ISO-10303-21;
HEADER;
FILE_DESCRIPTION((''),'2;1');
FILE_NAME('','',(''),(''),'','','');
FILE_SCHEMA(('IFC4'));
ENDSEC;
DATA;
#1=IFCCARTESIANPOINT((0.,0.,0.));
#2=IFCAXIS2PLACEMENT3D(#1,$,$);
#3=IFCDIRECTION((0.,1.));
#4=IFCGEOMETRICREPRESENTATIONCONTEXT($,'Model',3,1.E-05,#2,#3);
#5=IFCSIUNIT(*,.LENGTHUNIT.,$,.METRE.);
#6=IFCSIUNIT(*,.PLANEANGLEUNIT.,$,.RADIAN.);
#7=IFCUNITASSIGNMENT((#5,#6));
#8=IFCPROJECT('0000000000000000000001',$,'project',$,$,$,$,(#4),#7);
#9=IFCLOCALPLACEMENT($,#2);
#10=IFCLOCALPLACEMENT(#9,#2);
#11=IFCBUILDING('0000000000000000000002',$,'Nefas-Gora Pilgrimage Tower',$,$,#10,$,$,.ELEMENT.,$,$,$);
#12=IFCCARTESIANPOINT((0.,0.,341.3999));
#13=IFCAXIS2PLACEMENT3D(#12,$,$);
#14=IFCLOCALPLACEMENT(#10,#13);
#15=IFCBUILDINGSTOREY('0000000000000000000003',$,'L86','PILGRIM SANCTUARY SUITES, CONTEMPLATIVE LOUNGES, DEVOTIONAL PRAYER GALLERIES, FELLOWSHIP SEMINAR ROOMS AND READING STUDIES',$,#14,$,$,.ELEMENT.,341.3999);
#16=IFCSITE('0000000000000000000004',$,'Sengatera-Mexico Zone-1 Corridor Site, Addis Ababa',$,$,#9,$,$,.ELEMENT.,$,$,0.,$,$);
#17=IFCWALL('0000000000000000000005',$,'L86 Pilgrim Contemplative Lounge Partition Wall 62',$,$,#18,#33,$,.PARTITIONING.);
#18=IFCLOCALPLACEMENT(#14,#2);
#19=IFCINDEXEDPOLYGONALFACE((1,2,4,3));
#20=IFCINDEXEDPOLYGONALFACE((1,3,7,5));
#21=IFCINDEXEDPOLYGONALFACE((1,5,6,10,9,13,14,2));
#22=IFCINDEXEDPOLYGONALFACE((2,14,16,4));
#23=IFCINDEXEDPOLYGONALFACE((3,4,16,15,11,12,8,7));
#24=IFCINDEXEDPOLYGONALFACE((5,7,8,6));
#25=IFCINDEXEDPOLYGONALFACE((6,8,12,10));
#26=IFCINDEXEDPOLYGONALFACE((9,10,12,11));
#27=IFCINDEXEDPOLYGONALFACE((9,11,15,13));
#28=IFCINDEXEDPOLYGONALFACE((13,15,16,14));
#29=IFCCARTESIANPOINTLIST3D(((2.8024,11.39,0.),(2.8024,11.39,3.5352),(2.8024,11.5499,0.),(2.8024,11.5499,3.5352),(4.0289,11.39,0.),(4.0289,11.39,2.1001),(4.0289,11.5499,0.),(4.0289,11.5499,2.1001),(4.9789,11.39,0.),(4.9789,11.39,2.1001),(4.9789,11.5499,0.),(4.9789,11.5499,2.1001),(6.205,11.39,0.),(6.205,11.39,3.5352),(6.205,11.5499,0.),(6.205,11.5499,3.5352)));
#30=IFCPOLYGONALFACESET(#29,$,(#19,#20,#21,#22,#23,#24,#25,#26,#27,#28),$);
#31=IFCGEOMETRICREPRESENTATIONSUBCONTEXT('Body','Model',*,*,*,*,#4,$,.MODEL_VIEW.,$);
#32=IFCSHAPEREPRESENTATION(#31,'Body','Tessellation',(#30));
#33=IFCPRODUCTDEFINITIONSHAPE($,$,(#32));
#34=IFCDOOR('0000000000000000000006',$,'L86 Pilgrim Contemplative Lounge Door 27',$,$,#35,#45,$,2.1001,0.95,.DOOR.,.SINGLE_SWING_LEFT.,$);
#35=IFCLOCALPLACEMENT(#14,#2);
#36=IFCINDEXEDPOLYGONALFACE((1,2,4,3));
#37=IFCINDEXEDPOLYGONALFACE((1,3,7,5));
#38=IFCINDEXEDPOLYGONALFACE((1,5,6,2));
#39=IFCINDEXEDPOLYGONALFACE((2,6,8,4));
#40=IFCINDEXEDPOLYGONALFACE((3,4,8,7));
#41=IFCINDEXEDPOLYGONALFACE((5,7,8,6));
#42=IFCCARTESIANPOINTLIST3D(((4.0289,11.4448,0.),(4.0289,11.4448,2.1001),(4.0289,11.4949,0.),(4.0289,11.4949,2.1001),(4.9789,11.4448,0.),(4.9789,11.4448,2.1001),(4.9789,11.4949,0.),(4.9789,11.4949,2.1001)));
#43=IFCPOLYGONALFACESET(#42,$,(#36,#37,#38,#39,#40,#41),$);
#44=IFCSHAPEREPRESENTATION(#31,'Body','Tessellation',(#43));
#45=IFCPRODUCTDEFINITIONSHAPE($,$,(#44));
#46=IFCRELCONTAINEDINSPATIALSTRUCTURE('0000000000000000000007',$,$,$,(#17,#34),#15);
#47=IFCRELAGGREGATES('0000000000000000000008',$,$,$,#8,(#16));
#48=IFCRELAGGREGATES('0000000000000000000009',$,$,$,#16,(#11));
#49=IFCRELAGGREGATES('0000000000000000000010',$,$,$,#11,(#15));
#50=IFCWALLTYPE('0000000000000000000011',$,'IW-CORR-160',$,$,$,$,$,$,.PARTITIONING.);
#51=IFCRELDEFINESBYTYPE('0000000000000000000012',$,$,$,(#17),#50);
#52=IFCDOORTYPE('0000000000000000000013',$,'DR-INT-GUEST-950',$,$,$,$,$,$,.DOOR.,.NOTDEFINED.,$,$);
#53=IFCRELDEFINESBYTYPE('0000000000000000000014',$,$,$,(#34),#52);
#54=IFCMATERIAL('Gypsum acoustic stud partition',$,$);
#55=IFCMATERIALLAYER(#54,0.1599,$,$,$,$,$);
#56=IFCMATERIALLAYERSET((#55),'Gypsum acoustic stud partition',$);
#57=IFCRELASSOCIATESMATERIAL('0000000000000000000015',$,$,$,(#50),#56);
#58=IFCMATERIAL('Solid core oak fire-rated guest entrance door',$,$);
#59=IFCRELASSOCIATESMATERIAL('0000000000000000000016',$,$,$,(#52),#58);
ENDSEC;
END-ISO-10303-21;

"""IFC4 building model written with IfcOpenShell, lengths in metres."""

from ifc_helpers import new_model, si_unit, direction, frame, frame_2d, origin, place, context, subcontext, project, spatial, rectangle, extrude, source, transform, mapped, material, layer, layer_set, type_object, element, fill, save


model = new_model("IFC4")

# Units and contexts
model_context = context("Model", 3, precision=1e-05, world=origin(), true_north=direction((0.0, 1.0)))
body_context = subcontext(model_context, "Body", "Model", "MODEL_VIEW")
ifc_project = project(units=[si_unit("LENGTHUNIT", "METRE"), si_unit("PLANEANGLEUNIT", "RADIAN")], contexts=[model_context])

# Site, building, storey
site_placement = place(None, origin())
site = spatial("IfcSite", under=ifc_project, at=site_placement, Name="Sengatera-Mexico Zone-1 Corridor Site, Addis Ababa", CompositionType="ELEMENT", RefElevation=0.0)
building_placement = place(site_placement, origin())
building = spatial("IfcBuilding", under=site, at=building_placement, Name="Nefas-Gora Pilgrimage Tower", CompositionType="ELEMENT")
storey_placement = place(building_placement, frame((0.0, 0.0, 341.3999)))
storey = spatial("IfcBuildingStorey", under=building, at=storey_placement, Name="L86", Description="PILGRIM SANCTUARY SUITES, CONTEMPLATIVE LOUNGES, DEVOTIONAL PRAYER GALLERIES, FELLOWSHIP SEMINAR ROOMS AND READING STUDIES", CompositionType="ELEMENT", Elevation=341.3999)

# Shared definitions
ifc_material_1 = material(Name="Gypsum acoustic stud partition")
ifc_layer_1 = layer(ifc_material_1, 0.1599)
ifc_layer_set_1 = layer_set([ifc_layer_1], Name="Gypsum acoustic stud partition")
wall_type_1 = type_object("IfcWallType", Name="IW-CORR-160", PredefinedType="PARTITIONING", material=ifc_layer_set_1)
ifc_material_2 = material(Name="Solid core oak fire-rated guest entrance door")
door_type_1 = type_object("IfcDoorType", Name="DR-INT-GUEST-950", OperationType="NOTDEFINED", PredefinedType="DOOR", material=ifc_material_2)
shared_shape_1 = source(origin(), body_context, "Body", "SweptSolid", [
    extrude(rectangle(XDim=0.95, YDim=2.1001, at=frame_2d((0.4751, 1.05))), frame((0.0, 0.0249, 0.0), z_axis=(0.0, -1.0, 0.0), x_axis=(1.0, 0.0, 0.0)), (0.0, 0.0, 1.0), 0.05),
])

# Wall, opening, door
shared_shape_2 = source(origin(), body_context, "Body", "SweptSolid", [
    extrude(rectangle(XDim=3.4026, YDim=0.1599, at=frame_2d((1.7012, 0.0))), origin(), (0.0, 0.0, 1.0), 3.5352),
])
wall_1_placement = place(storey_placement, frame((2.8025, 11.47, 0.0), z_axis=(0.0, 0.0, 1.0), x_axis=(1.0, 0.0, 0.0)))
wall_1 = element("IfcWall", 1, at=wall_1_placement, inside=storey, type_object=wall_type_1, Name="L86 Pilgrim Contemplative Lounge Partition Wall 62", PredefinedType="PARTITIONING", context=body_context, shape_type="MappedRepresentation", body=[
    mapped(shared_shape_2, transform((0.0, 0.0, 0.0), x_axis=(1.0, 0.0, 0.0), y_axis=(0.0, 1.0, 0.0), z_axis=(0.0, 0.0, 1.0), scale=1.0)),
])
opening_1_placement = place(wall_1_placement, frame((1.2263, 0.0, 0.0)))
opening_1 = element("IfcOpeningElement", 2, at=opening_1_placement, cuts=wall_1, PredefinedType="OPENING", context=body_context, shape_type="SweptSolid", body=[
    extrude(rectangle(XDim=0.95, YDim=2.1001, at=frame_2d((0.4751, 1.05))), frame((0.0, 0.0898, 0.0), z_axis=(0.0, -1.0, 0.0), x_axis=(1.0, 0.0, 0.0)), (0.0, 0.0, 1.0), 0.1799),
])
door_1_placement = place(opening_1_placement, origin())
door_1 = element("IfcDoor", 3, at=door_1_placement, inside=storey, type_object=door_type_1, Name="L86 Pilgrim Contemplative Lounge Door 27", OperationType="SINGLE_SWING_LEFT", OverallHeight=2.1001, OverallWidth=0.95, PredefinedType="DOOR", context=body_context, shape_type="MappedRepresentation", body=[
    mapped(shared_shape_1, transform((0.0, 0.0, 0.0), x_axis=(1.0, 0.0, 0.0), y_axis=(0.0, 1.0, 0.0), z_axis=(0.0, 0.0, 1.0), scale=1.0)),
])
fill(opening_1, door_1)

save(model, "model.ifc")
